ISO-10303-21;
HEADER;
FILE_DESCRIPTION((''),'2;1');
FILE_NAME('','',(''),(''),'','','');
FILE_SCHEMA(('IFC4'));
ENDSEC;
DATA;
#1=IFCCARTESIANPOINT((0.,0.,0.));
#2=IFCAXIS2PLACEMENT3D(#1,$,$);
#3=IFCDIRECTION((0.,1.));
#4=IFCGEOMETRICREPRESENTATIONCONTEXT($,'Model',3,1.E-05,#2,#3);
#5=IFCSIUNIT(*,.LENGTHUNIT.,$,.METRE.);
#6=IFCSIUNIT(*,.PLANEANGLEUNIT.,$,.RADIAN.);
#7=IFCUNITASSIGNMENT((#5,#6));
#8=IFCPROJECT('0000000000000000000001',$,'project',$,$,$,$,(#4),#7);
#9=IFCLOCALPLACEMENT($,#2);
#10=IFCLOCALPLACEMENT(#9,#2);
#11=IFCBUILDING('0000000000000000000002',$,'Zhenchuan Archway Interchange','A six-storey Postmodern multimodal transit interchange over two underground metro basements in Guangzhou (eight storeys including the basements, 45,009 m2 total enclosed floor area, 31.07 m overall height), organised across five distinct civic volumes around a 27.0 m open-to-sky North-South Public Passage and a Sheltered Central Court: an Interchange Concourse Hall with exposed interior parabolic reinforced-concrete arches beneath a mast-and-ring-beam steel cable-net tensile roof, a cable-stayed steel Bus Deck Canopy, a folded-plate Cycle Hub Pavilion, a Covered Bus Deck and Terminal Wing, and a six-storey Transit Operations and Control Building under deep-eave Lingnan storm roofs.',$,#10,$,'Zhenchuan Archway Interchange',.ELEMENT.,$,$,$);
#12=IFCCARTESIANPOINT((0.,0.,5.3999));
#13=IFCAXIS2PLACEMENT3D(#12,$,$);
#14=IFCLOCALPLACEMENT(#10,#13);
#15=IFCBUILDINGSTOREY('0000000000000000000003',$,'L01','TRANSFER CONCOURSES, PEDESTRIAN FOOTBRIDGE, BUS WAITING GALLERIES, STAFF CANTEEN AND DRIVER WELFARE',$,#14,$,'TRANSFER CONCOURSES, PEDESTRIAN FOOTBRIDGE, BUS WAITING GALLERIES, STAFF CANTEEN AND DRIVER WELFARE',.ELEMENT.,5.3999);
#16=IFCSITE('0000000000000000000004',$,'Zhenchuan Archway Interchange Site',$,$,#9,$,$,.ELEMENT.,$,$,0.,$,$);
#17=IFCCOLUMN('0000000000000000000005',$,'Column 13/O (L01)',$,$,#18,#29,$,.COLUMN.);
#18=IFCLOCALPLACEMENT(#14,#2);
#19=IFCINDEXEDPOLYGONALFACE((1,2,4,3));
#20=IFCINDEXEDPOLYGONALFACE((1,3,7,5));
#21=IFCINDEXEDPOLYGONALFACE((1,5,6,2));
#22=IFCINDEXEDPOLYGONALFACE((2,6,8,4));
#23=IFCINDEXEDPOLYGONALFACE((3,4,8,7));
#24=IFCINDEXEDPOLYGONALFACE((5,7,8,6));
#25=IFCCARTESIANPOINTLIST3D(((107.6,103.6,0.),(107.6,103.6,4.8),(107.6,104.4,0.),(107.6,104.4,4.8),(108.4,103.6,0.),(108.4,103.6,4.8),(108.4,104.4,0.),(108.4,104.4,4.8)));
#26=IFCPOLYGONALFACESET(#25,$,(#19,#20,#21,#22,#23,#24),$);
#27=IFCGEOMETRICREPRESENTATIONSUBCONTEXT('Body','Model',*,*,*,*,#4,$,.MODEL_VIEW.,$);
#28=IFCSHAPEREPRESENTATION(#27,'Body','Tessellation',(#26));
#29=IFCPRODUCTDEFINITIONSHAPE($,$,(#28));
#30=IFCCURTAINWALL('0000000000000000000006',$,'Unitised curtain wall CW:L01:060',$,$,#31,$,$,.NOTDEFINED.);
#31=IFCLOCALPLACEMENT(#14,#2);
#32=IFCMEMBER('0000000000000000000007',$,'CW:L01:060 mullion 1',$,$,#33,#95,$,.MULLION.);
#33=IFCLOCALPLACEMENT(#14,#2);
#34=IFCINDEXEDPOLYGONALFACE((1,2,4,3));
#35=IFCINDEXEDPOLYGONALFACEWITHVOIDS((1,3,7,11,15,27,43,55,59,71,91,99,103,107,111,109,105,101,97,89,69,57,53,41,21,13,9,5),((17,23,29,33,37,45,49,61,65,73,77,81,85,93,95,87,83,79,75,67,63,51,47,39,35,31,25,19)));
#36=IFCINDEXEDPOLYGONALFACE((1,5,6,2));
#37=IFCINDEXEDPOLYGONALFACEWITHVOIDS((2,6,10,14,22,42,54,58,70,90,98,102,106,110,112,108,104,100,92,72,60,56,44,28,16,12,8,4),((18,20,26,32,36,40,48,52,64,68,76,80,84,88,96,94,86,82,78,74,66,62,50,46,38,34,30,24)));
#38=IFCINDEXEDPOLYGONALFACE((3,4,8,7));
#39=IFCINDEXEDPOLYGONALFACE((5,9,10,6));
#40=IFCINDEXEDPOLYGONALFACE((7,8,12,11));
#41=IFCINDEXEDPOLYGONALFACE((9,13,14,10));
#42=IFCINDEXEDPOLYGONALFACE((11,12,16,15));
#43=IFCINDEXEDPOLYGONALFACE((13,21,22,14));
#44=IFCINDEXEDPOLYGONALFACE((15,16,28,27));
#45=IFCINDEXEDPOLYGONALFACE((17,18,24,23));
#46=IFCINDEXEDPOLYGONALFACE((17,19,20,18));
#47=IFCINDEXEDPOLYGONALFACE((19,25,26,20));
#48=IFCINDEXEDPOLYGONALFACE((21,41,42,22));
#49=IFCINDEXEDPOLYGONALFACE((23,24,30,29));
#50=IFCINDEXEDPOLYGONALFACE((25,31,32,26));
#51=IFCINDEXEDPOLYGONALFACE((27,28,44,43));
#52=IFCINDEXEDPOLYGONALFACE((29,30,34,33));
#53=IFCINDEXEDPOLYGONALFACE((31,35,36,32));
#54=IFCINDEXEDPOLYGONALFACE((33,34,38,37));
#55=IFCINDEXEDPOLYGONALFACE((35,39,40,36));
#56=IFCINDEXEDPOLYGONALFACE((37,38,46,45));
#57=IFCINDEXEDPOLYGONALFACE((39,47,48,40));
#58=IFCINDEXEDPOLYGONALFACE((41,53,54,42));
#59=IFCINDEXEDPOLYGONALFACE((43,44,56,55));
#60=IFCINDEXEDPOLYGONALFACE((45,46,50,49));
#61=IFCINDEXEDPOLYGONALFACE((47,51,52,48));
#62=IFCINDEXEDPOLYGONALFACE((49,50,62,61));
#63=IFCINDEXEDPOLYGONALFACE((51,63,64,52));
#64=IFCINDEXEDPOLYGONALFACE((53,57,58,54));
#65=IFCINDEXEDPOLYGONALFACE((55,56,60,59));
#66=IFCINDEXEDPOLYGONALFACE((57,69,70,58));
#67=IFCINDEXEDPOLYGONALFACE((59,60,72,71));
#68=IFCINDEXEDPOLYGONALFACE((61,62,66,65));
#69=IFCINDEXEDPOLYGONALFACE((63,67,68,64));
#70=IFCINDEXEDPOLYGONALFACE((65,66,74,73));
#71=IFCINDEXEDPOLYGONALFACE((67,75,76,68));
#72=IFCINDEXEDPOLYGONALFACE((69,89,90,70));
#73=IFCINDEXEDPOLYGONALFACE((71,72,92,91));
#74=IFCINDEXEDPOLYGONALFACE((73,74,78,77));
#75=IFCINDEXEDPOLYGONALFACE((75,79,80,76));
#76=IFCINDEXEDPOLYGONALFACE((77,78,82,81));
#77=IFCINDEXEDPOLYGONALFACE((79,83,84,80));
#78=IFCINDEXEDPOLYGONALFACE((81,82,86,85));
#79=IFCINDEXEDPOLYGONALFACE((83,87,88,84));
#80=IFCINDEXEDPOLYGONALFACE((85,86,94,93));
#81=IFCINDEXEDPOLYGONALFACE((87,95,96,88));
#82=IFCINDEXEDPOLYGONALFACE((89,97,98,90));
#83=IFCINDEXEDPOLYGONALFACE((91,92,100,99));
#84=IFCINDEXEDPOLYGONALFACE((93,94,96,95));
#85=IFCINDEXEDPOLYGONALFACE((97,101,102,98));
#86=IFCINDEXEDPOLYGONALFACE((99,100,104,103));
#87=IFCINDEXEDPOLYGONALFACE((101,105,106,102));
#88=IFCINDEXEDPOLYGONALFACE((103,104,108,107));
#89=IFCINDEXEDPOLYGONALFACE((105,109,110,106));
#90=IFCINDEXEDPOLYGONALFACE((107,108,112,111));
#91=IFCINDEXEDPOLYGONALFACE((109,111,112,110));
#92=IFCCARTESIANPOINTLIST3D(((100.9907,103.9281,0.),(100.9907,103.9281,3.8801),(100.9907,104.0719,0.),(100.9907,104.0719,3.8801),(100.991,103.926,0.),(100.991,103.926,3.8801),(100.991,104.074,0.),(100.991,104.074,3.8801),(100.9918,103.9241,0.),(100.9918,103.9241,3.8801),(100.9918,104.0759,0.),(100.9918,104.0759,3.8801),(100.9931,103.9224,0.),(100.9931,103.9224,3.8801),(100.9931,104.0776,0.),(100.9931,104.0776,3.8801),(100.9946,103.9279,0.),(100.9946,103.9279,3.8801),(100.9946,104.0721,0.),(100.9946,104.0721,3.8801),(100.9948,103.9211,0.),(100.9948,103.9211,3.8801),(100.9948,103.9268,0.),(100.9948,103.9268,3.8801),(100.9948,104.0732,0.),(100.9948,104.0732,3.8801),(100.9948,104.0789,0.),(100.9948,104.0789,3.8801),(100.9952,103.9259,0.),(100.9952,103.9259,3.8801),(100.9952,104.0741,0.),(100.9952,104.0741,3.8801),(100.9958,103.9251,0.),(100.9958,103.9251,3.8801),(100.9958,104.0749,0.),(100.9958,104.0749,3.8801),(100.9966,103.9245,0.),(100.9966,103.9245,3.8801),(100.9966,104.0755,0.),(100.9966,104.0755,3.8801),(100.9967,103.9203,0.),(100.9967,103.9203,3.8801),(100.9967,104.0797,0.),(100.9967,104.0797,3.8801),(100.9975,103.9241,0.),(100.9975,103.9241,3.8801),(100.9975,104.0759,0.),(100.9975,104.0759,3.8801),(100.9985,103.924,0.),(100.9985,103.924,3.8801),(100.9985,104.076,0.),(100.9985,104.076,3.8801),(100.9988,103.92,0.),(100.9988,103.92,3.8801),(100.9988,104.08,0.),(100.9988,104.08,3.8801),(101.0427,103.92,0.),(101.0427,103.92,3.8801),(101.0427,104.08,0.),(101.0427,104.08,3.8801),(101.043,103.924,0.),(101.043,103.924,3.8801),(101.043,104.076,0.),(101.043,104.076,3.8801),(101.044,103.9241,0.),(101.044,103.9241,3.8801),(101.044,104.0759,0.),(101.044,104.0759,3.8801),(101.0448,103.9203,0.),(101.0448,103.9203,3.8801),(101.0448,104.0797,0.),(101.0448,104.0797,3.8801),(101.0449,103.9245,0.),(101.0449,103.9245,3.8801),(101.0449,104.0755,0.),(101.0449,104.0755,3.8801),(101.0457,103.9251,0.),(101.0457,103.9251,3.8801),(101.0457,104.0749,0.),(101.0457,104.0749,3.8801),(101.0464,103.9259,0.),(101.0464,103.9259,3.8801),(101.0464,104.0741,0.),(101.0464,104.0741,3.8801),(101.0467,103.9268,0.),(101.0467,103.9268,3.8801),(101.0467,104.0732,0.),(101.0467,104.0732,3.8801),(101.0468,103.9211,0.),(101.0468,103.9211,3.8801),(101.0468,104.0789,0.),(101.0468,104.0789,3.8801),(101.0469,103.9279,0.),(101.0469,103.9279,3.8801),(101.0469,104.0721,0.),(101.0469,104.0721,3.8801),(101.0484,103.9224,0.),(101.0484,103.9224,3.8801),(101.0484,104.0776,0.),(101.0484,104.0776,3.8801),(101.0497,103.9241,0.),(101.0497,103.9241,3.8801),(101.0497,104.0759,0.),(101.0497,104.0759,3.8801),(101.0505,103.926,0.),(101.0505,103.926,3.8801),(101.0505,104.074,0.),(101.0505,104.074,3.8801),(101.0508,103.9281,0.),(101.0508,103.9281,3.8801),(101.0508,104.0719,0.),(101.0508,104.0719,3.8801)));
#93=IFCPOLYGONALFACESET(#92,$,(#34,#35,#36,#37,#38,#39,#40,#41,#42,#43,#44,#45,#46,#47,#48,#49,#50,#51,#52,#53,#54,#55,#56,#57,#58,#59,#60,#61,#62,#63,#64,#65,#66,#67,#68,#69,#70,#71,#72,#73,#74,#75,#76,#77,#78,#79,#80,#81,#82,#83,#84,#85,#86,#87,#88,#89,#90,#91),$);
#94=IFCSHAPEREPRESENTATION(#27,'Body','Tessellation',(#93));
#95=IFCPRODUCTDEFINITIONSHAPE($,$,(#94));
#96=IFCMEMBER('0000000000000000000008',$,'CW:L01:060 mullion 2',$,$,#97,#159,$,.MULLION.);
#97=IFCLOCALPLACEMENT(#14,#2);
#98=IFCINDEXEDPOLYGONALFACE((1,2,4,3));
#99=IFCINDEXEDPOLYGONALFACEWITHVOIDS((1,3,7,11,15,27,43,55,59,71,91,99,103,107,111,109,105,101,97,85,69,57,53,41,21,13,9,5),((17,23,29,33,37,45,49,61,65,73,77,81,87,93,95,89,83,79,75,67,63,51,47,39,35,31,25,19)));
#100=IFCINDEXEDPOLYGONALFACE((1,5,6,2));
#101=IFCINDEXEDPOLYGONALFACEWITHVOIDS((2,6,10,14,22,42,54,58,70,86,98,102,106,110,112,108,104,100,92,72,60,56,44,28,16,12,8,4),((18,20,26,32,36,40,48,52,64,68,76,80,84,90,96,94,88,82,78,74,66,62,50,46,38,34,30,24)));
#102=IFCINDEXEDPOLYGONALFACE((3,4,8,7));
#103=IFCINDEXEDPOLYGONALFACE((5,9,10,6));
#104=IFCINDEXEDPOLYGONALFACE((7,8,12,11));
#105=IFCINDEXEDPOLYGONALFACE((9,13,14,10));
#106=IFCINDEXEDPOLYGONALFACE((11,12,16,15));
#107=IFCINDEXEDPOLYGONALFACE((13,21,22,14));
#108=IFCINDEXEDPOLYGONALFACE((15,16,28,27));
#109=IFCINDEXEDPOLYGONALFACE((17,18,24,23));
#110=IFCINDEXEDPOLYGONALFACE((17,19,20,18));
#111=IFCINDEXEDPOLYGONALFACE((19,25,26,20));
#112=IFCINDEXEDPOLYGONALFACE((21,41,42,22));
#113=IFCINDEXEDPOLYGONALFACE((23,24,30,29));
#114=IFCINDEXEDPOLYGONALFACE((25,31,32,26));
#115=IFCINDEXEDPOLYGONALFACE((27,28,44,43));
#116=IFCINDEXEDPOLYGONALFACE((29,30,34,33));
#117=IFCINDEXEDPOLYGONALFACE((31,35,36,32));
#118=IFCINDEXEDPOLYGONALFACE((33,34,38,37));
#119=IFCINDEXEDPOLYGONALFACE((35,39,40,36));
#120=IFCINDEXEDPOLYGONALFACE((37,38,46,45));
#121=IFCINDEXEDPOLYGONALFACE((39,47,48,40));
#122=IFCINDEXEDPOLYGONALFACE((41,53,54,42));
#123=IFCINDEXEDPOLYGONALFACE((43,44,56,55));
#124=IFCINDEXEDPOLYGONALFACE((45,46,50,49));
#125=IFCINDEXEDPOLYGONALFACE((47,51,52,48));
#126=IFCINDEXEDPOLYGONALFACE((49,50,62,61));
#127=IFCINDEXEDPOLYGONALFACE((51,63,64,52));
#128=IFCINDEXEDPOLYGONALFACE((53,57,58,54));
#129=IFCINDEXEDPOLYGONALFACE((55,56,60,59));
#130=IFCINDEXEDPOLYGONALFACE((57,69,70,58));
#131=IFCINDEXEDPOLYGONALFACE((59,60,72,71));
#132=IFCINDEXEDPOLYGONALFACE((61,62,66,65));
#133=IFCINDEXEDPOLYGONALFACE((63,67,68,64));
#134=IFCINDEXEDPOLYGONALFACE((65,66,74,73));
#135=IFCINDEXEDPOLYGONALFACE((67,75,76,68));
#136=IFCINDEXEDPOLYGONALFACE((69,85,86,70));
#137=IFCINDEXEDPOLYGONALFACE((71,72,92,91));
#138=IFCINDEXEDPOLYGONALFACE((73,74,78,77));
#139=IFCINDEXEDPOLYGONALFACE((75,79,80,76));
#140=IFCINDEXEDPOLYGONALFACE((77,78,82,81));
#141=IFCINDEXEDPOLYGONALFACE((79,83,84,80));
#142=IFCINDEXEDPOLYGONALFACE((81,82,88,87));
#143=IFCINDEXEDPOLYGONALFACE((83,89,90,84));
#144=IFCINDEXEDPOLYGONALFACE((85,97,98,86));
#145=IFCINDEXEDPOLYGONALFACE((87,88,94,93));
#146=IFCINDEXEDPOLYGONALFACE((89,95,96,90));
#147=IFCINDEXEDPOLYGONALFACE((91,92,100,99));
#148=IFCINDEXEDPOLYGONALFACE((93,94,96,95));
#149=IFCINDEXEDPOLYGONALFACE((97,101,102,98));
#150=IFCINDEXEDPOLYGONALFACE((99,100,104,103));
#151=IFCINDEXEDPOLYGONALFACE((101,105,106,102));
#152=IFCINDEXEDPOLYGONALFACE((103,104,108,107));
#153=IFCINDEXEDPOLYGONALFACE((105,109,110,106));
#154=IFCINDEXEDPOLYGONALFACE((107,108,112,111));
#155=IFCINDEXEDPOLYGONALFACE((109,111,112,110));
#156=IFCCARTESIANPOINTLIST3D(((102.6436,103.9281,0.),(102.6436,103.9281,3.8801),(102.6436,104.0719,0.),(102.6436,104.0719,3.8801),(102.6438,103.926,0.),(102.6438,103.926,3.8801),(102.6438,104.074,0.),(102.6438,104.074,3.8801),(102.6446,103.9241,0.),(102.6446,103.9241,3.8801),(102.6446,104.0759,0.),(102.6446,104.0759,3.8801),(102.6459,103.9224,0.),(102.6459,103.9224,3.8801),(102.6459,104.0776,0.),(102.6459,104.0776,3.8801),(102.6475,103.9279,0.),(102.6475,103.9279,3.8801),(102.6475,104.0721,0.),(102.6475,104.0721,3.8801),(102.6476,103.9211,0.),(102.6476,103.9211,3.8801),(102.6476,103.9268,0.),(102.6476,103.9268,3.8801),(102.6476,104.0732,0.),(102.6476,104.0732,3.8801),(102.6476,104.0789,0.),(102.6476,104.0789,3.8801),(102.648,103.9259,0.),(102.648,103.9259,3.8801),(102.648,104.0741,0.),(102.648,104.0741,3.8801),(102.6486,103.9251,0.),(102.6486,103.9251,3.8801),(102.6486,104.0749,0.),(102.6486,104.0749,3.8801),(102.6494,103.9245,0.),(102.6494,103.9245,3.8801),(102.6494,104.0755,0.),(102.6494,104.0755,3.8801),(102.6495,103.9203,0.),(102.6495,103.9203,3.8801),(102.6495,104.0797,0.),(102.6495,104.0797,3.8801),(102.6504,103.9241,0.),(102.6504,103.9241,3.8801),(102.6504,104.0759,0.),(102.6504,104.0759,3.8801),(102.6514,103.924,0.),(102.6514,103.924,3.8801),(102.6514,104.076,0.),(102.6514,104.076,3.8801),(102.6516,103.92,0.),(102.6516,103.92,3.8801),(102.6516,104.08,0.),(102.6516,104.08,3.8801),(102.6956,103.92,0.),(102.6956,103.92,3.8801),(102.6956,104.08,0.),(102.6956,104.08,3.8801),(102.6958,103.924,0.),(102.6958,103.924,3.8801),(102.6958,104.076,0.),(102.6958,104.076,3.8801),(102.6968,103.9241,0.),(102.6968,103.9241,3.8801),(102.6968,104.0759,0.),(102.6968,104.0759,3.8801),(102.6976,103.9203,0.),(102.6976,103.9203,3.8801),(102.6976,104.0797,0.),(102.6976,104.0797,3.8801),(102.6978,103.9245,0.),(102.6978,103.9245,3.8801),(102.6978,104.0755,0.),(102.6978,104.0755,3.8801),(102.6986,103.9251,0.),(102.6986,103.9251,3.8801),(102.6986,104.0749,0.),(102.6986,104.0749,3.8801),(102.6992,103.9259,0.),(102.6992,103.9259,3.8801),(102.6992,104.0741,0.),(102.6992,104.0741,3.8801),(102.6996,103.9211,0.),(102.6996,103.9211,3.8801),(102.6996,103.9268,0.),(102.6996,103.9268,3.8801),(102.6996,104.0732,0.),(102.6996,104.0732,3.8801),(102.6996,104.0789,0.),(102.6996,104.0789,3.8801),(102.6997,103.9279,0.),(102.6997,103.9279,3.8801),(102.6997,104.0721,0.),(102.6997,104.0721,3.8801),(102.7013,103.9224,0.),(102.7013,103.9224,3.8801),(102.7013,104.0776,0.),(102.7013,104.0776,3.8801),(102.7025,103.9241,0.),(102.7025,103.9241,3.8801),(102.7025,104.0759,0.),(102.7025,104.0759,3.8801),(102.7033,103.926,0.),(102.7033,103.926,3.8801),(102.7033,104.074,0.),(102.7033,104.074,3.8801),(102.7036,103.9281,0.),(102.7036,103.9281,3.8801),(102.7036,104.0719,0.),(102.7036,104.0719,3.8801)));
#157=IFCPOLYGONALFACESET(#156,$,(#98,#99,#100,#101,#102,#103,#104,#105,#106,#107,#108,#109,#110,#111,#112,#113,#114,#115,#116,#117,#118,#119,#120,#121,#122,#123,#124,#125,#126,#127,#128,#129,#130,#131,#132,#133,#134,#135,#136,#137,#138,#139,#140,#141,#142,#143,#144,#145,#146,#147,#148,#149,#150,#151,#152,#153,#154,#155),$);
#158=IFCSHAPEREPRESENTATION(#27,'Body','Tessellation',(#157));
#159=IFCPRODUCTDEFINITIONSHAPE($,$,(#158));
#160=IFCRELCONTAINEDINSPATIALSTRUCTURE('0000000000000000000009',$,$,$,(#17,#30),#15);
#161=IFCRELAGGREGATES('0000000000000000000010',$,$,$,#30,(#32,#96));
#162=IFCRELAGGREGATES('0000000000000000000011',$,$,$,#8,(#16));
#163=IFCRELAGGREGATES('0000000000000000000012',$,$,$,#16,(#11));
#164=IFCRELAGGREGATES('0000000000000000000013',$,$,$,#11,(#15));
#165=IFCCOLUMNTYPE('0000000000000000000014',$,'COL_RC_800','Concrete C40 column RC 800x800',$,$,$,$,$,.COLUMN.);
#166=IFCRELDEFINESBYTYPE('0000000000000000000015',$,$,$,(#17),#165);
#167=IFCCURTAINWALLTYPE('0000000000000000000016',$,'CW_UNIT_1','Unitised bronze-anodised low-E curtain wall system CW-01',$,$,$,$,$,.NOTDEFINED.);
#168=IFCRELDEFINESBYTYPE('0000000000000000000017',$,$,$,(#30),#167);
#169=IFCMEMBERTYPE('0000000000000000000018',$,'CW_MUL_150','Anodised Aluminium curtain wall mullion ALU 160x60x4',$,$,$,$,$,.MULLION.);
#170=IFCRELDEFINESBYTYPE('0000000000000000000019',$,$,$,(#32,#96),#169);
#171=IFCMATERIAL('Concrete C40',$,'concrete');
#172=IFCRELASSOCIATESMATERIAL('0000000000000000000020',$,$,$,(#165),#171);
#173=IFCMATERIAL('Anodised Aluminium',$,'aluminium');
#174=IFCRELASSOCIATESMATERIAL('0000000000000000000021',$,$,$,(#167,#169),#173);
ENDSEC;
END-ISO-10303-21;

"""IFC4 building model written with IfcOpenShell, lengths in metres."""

from ifc_helpers import new_model, si_unit, direction, frame, origin, origin_2d, place, context, subcontext, project, spatial, rectangle, hollow_rectangle, extrude, material, material_profile, profile_set, type_object, element, aggregate, save


model = new_model("IFC4")

# Units and contexts
model_context = context("Model", 3, precision=1e-05, world=origin(), true_north=direction((0.0, 1.0)))
body_context = subcontext(model_context, "Body", "Model", "MODEL_VIEW")
ifc_project = project(units=[si_unit("LENGTHUNIT", "METRE"), si_unit("PLANEANGLEUNIT", "RADIAN")], contexts=[model_context])

# Site, building, storey
site_placement = place(None, origin())
site = spatial("IfcSite", under=ifc_project, at=site_placement, Name="Zhenchuan Archway Interchange Site", CompositionType="ELEMENT", RefElevation=0.0)
building_placement = place(site_placement, origin())
building = spatial("IfcBuilding", under=site, at=building_placement, Name="Zhenchuan Archway Interchange", Description="A six-storey Postmodern multimodal transit interchange over two underground metro basements in Guangzhou (eight storeys including the basements, 45,009 m2 total enclosed floor area, 31.07 m overall height), organised across five distinct civic volumes around a 27.0 m open-to-sky North-South Public Passage and a Sheltered Central Court: an Interchange Concourse Hall with exposed interior parabolic reinforced-concrete arches beneath a mast-and-ring-beam steel cable-net tensile roof, a cable-stayed steel Bus Deck Canopy, a folded-plate Cycle Hub Pavilion, a Covered Bus Deck and Terminal Wing, and a six-storey Transit Operations and Control Building under deep-eave Lingnan storm roofs.", LongName="Zhenchuan Archway Interchange", CompositionType="ELEMENT")
storey_placement = place(building_placement, frame((0.0, 0.0, 5.3999)))
storey = spatial("IfcBuildingStorey", under=building, at=storey_placement, Name="L01", Description="TRANSFER CONCOURSES, PEDESTRIAN FOOTBRIDGE, BUS WAITING GALLERIES, STAFF CANTEEN AND DRIVER WELFARE", LongName="TRANSFER CONCOURSES, PEDESTRIAN FOOTBRIDGE, BUS WAITING GALLERIES, STAFF CANTEEN AND DRIVER WELFARE", CompositionType="ELEMENT", Elevation=5.3999)

# Column
ifc_material_1 = material(Name="Concrete C40", Category="concrete")
ifc_material_profile_1 = material_profile(ifc_material_1, rectangle(XDim=0.8, YDim=0.8, at=origin_2d()), Name="RC 800x800")
ifc_profile_set_1 = profile_set([ifc_material_profile_1], Name="Concrete C40")
column_type = type_object("IfcColumnType", Name="COL_RC_800", Description="Concrete C40 column RC 800x800", PredefinedType="COLUMN", material=ifc_profile_set_1)
column_placement = place(storey_placement, frame((108.0, 104.0, 0.0), z_axis=(0.0, 0.0, 1.0), x_axis=(1.0, 0.0, 0.0)))
element("IfcColumn", 1, at=column_placement, inside=storey, type_object=column_type, Name="Column 13/O (L01)", PredefinedType="COLUMN", context=body_context, shape_type="SweptSolid", body=[
    extrude(rectangle(XDim=0.8, YDim=0.8, at=origin_2d()), origin(), (0.0, 0.0, 1.0), 4.8),
])

# Curtain wall, members
ifc_material_2 = material(Name="Anodised Aluminium", Category="aluminium")
curtain_wall_type = type_object("IfcCurtainWallType", Name="CW_UNIT_1", Description="Unitised bronze-anodised low-E curtain wall system CW-01", PredefinedType="NOTDEFINED", material=ifc_material_2)
curtain_wall_placement = place(storey_placement, origin())
curtain_wall = element("IfcCurtainWall", 2, at=curtain_wall_placement, inside=storey, type_object=curtain_wall_type, Name="Unitised curtain wall CW:L01:060", PredefinedType="NOTDEFINED")
ifc_material_profile_2 = material_profile(ifc_material_2, hollow_rectangle(XDim=0.0601, YDim=0.1599, WallThickness=0.0039, InnerFilletRadius=0.0039, OuterFilletRadius=0.0081, at=origin_2d()), Name="ALU 160x60x4")
ifc_profile_set_2 = profile_set([ifc_material_profile_2], Name="Anodised Aluminium")
member_type_1 = type_object("IfcMemberType", Name="CW_MUL_150", Description="Anodised Aluminium curtain wall mullion ALU 160x60x4", PredefinedType="MULLION", material=ifc_profile_set_2)
member_1_placement = place(storey_placement, frame((101.0208, 104.0, 0.0), z_axis=(0.0, 0.0, 1.0), x_axis=(1.0, 0.0, 0.0)))
member_1 = element("IfcMember", 3, at=member_1_placement, type_object=member_type_1, Name="CW:L01:060 mullion 1", PredefinedType="MULLION", context=body_context, shape_type="SweptSolid", body=[
    extrude(hollow_rectangle(XDim=0.0601, YDim=0.1599, WallThickness=0.0039, InnerFilletRadius=0.0039, OuterFilletRadius=0.0081, at=origin_2d()), origin(), (0.0, 0.0, 1.0), 3.8801),
])
member_2_placement = place(storey_placement, frame((102.6736, 104.0, 0.0), z_axis=(0.0, 0.0, 1.0), x_axis=(1.0, 0.0, 0.0)))
member_2 = element("IfcMember", 4, at=member_2_placement, type_object=member_type_1, Name="CW:L01:060 mullion 2", PredefinedType="MULLION", context=body_context, shape_type="SweptSolid", body=[
    extrude(hollow_rectangle(XDim=0.0601, YDim=0.1599, WallThickness=0.0039, InnerFilletRadius=0.0039, OuterFilletRadius=0.0081, at=origin_2d()), origin(), (0.0, 0.0, 1.0), 3.8801),
])
aggregate(curtain_wall, [member_1, member_2])

save(model, "model.ifc")
